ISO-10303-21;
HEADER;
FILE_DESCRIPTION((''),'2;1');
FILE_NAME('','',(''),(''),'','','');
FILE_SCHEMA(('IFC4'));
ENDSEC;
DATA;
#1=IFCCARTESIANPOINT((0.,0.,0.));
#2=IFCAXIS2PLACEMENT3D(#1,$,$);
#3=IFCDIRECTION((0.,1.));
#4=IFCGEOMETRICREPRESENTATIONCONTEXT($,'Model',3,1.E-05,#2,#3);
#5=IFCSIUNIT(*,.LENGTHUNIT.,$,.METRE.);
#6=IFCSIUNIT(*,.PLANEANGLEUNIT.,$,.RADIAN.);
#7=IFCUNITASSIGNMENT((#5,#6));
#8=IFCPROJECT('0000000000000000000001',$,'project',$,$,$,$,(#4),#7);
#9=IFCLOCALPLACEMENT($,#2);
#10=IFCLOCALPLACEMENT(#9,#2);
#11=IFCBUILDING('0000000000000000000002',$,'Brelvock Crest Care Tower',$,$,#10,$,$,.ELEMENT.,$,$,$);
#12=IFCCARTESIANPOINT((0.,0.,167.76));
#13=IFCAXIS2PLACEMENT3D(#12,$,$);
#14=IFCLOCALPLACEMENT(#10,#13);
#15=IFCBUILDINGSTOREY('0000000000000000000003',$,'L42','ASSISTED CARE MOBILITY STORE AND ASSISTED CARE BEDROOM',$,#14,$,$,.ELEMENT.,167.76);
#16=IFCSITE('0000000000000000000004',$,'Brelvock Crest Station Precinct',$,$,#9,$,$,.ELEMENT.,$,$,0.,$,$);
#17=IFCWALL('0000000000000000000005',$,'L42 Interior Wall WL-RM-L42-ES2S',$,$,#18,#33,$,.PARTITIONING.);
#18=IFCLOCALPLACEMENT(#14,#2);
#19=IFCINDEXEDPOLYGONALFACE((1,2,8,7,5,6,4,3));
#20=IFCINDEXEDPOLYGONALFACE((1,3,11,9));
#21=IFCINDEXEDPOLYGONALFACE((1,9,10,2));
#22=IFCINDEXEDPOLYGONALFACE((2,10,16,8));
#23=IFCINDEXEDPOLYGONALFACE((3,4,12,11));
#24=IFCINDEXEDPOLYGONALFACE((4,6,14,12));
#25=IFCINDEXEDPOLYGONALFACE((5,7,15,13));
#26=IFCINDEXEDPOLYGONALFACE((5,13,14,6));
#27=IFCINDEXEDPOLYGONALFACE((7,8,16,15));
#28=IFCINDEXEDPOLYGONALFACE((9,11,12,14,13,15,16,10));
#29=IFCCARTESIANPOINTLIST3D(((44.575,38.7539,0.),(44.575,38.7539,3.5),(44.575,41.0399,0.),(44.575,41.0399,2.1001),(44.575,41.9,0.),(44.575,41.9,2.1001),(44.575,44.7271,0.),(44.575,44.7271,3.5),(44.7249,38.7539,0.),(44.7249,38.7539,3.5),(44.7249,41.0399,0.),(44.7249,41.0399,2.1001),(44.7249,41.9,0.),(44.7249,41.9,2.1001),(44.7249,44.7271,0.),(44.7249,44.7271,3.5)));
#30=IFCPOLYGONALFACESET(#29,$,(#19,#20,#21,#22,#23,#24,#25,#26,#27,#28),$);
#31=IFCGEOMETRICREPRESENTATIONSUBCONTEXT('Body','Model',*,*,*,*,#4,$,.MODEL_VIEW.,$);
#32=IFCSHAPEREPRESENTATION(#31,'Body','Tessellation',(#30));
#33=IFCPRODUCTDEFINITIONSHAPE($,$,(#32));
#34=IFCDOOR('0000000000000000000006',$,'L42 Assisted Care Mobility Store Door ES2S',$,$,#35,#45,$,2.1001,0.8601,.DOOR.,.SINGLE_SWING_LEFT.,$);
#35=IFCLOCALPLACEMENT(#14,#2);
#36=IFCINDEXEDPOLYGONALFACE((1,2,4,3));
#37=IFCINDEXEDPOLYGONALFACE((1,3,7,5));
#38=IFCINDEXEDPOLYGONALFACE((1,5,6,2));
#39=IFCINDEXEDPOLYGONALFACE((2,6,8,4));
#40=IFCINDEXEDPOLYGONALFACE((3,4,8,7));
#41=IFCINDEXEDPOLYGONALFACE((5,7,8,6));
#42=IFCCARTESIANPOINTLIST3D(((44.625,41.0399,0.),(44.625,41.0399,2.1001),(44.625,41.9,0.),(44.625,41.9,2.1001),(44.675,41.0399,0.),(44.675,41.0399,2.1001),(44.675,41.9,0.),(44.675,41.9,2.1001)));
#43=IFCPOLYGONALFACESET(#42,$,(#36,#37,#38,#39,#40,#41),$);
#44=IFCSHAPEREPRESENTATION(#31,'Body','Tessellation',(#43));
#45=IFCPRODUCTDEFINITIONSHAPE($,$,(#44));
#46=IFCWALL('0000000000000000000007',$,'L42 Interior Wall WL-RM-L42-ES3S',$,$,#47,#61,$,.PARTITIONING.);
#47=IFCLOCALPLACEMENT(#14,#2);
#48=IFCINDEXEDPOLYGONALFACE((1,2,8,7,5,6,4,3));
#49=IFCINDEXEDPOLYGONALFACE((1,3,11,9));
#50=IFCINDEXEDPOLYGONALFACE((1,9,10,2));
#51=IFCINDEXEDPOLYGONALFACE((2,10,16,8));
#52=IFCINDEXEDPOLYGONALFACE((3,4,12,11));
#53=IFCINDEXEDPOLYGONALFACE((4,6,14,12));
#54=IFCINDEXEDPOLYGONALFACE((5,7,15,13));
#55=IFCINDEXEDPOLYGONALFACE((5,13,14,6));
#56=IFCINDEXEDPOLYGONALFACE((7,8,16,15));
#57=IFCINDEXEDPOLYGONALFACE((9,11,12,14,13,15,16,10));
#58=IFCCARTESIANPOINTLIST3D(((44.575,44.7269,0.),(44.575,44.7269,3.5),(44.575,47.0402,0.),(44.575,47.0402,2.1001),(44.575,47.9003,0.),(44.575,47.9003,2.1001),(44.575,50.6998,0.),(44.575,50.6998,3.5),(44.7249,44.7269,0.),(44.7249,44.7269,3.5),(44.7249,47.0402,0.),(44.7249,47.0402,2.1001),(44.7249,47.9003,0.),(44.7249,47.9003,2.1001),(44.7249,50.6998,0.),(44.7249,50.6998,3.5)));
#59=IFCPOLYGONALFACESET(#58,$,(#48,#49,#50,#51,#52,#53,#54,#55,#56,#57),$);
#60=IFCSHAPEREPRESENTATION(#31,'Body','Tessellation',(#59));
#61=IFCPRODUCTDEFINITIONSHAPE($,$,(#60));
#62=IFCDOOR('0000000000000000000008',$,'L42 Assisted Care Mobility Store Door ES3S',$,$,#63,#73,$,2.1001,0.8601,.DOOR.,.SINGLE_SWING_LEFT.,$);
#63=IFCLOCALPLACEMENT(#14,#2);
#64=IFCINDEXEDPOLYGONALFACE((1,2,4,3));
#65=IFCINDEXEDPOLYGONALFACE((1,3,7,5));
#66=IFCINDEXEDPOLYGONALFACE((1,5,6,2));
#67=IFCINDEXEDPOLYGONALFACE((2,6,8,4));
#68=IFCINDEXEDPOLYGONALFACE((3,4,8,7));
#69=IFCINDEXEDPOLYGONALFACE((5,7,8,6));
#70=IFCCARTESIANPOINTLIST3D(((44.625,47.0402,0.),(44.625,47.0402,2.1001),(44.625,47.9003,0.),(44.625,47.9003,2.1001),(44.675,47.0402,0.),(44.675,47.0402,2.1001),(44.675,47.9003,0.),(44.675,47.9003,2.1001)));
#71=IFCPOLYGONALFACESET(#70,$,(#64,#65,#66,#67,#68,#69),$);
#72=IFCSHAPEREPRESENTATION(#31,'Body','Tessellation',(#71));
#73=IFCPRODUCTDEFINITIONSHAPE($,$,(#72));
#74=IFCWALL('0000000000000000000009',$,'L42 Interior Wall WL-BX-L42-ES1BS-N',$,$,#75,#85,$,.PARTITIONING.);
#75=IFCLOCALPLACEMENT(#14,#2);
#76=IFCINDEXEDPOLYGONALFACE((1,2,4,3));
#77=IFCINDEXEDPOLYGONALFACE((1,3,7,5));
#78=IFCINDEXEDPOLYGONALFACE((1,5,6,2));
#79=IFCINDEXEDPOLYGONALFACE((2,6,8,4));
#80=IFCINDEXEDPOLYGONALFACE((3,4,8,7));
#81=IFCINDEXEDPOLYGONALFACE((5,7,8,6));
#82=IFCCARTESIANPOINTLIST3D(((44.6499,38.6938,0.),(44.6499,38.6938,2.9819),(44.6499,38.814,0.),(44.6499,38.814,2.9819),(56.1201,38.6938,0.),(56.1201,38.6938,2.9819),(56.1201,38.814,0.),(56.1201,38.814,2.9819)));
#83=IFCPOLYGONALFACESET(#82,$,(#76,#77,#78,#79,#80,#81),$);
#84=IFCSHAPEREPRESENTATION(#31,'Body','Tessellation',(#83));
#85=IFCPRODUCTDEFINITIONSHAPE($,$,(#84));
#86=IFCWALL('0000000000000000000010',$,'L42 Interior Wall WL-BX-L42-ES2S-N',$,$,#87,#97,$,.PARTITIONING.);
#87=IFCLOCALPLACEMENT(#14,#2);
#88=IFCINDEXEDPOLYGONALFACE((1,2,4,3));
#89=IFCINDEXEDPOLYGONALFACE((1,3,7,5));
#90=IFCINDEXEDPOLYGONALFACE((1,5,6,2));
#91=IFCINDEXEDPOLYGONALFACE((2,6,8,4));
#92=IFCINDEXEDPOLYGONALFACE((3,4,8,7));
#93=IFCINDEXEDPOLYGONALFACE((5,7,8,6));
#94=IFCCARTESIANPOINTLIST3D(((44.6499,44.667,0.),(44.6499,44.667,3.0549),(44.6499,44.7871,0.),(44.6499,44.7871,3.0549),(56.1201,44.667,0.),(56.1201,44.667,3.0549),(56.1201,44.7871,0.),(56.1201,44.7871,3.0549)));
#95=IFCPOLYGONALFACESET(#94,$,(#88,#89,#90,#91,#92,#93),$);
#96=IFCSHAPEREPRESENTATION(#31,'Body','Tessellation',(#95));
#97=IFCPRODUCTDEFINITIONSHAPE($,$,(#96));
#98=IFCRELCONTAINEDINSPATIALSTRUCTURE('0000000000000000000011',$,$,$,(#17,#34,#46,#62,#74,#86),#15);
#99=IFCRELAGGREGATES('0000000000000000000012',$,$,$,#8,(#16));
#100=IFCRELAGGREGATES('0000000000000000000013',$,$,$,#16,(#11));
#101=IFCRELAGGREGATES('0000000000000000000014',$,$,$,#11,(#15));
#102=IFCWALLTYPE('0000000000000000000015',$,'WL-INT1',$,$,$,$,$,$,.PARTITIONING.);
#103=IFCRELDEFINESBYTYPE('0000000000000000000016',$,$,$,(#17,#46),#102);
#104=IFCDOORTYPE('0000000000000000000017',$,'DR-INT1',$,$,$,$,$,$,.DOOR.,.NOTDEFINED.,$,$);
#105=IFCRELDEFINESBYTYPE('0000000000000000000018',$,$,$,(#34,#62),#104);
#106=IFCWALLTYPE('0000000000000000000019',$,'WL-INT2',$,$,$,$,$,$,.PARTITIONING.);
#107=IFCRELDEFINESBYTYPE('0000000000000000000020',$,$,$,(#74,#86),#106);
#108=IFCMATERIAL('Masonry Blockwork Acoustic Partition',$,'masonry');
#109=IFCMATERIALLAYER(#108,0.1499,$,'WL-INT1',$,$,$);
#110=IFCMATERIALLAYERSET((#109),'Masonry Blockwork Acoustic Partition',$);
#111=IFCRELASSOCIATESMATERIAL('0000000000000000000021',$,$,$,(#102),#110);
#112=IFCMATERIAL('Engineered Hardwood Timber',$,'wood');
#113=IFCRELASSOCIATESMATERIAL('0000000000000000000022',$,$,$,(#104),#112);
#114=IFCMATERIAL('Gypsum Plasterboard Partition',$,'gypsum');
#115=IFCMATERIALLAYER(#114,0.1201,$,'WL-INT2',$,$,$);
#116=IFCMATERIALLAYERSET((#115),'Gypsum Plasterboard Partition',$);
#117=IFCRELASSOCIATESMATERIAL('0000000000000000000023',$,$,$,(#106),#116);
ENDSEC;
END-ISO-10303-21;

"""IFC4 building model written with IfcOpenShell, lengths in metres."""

from ifc_helpers import new_model, si_unit, direction, frame, frame_2d, origin, origin_2d, place, context, subcontext, project, spatial, rectangle, extrude, source, transform, mapped, material, layer, layer_set, type_object, element, fill, save


model = new_model("IFC4")

# Units and contexts
model_context = context("Model", 3, precision=1e-05, world=origin(), true_north=direction((0.0, 1.0)))
body_context = subcontext(model_context, "Body", "Model", "MODEL_VIEW")
ifc_project = project(units=[si_unit("LENGTHUNIT", "METRE"), si_unit("PLANEANGLEUNIT", "RADIAN")], contexts=[model_context])

# Site, building, storey
site_placement = place(None, origin())
site = spatial("IfcSite", under=ifc_project, at=site_placement, Name="Brelvock Crest Station Precinct", CompositionType="ELEMENT", RefElevation=0.0)
building_placement = place(site_placement, origin())
building = spatial("IfcBuilding", under=site, at=building_placement, Name="Brelvock Crest Care Tower", CompositionType="ELEMENT")
storey_placement = place(building_placement, frame((0.0, 0.0, 167.76)))
storey = spatial("IfcBuildingStorey", under=building, at=storey_placement, Name="L42", Description="ASSISTED CARE MOBILITY STORE AND ASSISTED CARE BEDROOM", CompositionType="ELEMENT", Elevation=167.76)

# Walls, openings, doors
ifc_material_1 = material(Name="Masonry Blockwork Acoustic Partition", Category="masonry")
ifc_layer_1 = layer(ifc_material_1, 0.1499, Name="WL-INT1")
ifc_layer_set_1 = layer_set([ifc_layer_1], Name="Masonry Blockwork Acoustic Partition")
wall_type_1 = type_object("IfcWallType", Name="WL-INT1", PredefinedType="PARTITIONING", material=ifc_layer_set_1)
wall_1_placement = place(storey_placement, frame((44.6499, 38.7539, 0.0), z_axis=(0.0, 0.0, 1.0), x_axis=(0.0, 1.0, 0.0)))
wall_1 = element("IfcWall", 1, at=wall_1_placement, inside=storey, type_object=wall_type_1, Name="L42 Interior Wall WL-RM-L42-ES2S", PredefinedType="PARTITIONING", context=body_context, shape_type="SweptSolid", body=[
    extrude(rectangle(XDim=5.9731, YDim=0.1499, at=frame_2d((2.9866, 0.0))), origin(), (0.0, 0.0, 1.0), 3.5),
])
opening_1_placement = place(wall_1_placement, frame((2.2859, 0.0, 0.0)))
opening_1 = element("IfcOpeningElement", 2, at=opening_1_placement, cuts=wall_1, PredefinedType="OPENING", context=body_context, shape_type="SweptSolid", body=[
    extrude(rectangle(XDim=0.8601, YDim=2.1001, at=origin_2d()), frame((0.4302, 0.085, 1.05), z_axis=(0.0, -1.0, 0.0), x_axis=(1.0, 0.0, 0.0)), (0.0, 0.0, 1.0), 0.1699),
])
ifc_material_2 = material(Name="Engineered Hardwood Timber", Category="wood")
door_type = type_object("IfcDoorType", Name="DR-INT1", OperationType="NOTDEFINED", PredefinedType="DOOR", material=ifc_material_2)
shared_shape_1 = source(origin(), body_context, "Body", "SweptSolid", [
    extrude(rectangle(XDim=0.8601, YDim=2.1001, at=origin_2d()), frame((0.4302, 0.0249, 1.05), z_axis=(0.0, -1.0, 0.0), x_axis=(1.0, 0.0, 0.0)), (0.0, 0.0, 1.0), 0.05),
])
door_1_placement = place(opening_1_placement, origin())
door_1 = element("IfcDoor", 3, at=door_1_placement, inside=storey, type_object=door_type, Name="L42 Assisted Care Mobility Store Door ES2S", OperationType="SINGLE_SWING_LEFT", OverallHeight=2.1001, OverallWidth=0.8601, PredefinedType="DOOR", context=body_context, shape_type="MappedRepresentation", body=[
    mapped(shared_shape_1, transform((0.0, 0.0, 0.0), x_axis=(1.0, 0.0, 0.0), y_axis=(0.0, 1.0, 0.0), z_axis=(0.0, 0.0, 1.0), scale=1.0)),
])
fill(opening_1, door_1)
wall_2_placement = place(storey_placement, frame((44.6499, 44.7271, 0.0), z_axis=(0.0, 0.0, 1.0), x_axis=(0.0, 1.0, 0.0)))
wall_2 = element("IfcWall", 4, at=wall_2_placement, inside=storey, type_object=wall_type_1, Name="L42 Interior Wall WL-RM-L42-ES3S", PredefinedType="PARTITIONING", context=body_context, shape_type="SweptSolid", body=[
    extrude(rectangle(XDim=5.9729, YDim=0.1499, at=frame_2d((2.9863, 0.0))), origin(), (0.0, 0.0, 1.0), 3.5),
])
opening_2_placement = place(wall_2_placement, frame((2.313, 0.0, 0.0)))
opening_2 = element("IfcOpeningElement", 5, at=opening_2_placement, cuts=wall_2, PredefinedType="OPENING", context=body_context, shape_type="SweptSolid", body=[
    extrude(rectangle(XDim=0.8601, YDim=2.1001, at=origin_2d()), frame((0.4302, 0.085, 1.05), z_axis=(0.0, -1.0, 0.0), x_axis=(1.0, 0.0, 0.0)), (0.0, 0.0, 1.0), 0.1699),
])
door_2_placement = place(opening_2_placement, origin())
door_2 = element("IfcDoor", 6, at=door_2_placement, inside=storey, type_object=door_type, Name="L42 Assisted Care Mobility Store Door ES3S", OperationType="SINGLE_SWING_LEFT", OverallHeight=2.1001, OverallWidth=0.8601, PredefinedType="DOOR", context=body_context, shape_type="MappedRepresentation", body=[
    mapped(shared_shape_1, transform((0.0, 0.0, 0.0), x_axis=(1.0, 0.0, 0.0), y_axis=(0.0, 1.0, 0.0), z_axis=(0.0, 0.0, 1.0), scale=1.0)),
])
fill(opening_2, door_2)

# Walls
ifc_material_3 = material(Name="Gypsum Plasterboard Partition", Category="gypsum")
ifc_layer_2 = layer(ifc_material_3, 0.1201, Name="WL-INT2")
ifc_layer_set_2 = layer_set([ifc_layer_2], Name="Gypsum Plasterboard Partition")
wall_type_2 = type_object("IfcWallType", Name="WL-INT2", PredefinedType="PARTITIONING", material=ifc_layer_set_2)
wall_3_placement = place(storey_placement, frame((44.6499, 38.7539, 0.0), z_axis=(0.0, 0.0, 1.0), x_axis=(1.0, 0.0, 0.0)))
element("IfcWall", 7, at=wall_3_placement, inside=storey, type_object=wall_type_2, Name="L42 Interior Wall WL-BX-L42-ES1BS-N", PredefinedType="PARTITIONING", context=body_context, shape_type="SweptSolid", body=[
    extrude(rectangle(XDim=11.4702, YDim=0.1201, at=frame_2d((5.7351, 0.0))), origin(), (0.0, 0.0, 1.0), 2.9819),
])
wall_4_placement = place(storey_placement, frame((44.6499, 44.7271, 0.0), z_axis=(0.0, 0.0, 1.0), x_axis=(1.0, 0.0, 0.0)))
element("IfcWall", 8, at=wall_4_placement, inside=storey, type_object=wall_type_2, Name="L42 Interior Wall WL-BX-L42-ES2S-N", PredefinedType="PARTITIONING", context=body_context, shape_type="SweptSolid", body=[
    extrude(rectangle(XDim=11.4702, YDim=0.1201, at=frame_2d((5.7351, 0.0))), origin(), (0.0, 0.0, 1.0), 3.0549),
])

save(model, "model.ifc")
